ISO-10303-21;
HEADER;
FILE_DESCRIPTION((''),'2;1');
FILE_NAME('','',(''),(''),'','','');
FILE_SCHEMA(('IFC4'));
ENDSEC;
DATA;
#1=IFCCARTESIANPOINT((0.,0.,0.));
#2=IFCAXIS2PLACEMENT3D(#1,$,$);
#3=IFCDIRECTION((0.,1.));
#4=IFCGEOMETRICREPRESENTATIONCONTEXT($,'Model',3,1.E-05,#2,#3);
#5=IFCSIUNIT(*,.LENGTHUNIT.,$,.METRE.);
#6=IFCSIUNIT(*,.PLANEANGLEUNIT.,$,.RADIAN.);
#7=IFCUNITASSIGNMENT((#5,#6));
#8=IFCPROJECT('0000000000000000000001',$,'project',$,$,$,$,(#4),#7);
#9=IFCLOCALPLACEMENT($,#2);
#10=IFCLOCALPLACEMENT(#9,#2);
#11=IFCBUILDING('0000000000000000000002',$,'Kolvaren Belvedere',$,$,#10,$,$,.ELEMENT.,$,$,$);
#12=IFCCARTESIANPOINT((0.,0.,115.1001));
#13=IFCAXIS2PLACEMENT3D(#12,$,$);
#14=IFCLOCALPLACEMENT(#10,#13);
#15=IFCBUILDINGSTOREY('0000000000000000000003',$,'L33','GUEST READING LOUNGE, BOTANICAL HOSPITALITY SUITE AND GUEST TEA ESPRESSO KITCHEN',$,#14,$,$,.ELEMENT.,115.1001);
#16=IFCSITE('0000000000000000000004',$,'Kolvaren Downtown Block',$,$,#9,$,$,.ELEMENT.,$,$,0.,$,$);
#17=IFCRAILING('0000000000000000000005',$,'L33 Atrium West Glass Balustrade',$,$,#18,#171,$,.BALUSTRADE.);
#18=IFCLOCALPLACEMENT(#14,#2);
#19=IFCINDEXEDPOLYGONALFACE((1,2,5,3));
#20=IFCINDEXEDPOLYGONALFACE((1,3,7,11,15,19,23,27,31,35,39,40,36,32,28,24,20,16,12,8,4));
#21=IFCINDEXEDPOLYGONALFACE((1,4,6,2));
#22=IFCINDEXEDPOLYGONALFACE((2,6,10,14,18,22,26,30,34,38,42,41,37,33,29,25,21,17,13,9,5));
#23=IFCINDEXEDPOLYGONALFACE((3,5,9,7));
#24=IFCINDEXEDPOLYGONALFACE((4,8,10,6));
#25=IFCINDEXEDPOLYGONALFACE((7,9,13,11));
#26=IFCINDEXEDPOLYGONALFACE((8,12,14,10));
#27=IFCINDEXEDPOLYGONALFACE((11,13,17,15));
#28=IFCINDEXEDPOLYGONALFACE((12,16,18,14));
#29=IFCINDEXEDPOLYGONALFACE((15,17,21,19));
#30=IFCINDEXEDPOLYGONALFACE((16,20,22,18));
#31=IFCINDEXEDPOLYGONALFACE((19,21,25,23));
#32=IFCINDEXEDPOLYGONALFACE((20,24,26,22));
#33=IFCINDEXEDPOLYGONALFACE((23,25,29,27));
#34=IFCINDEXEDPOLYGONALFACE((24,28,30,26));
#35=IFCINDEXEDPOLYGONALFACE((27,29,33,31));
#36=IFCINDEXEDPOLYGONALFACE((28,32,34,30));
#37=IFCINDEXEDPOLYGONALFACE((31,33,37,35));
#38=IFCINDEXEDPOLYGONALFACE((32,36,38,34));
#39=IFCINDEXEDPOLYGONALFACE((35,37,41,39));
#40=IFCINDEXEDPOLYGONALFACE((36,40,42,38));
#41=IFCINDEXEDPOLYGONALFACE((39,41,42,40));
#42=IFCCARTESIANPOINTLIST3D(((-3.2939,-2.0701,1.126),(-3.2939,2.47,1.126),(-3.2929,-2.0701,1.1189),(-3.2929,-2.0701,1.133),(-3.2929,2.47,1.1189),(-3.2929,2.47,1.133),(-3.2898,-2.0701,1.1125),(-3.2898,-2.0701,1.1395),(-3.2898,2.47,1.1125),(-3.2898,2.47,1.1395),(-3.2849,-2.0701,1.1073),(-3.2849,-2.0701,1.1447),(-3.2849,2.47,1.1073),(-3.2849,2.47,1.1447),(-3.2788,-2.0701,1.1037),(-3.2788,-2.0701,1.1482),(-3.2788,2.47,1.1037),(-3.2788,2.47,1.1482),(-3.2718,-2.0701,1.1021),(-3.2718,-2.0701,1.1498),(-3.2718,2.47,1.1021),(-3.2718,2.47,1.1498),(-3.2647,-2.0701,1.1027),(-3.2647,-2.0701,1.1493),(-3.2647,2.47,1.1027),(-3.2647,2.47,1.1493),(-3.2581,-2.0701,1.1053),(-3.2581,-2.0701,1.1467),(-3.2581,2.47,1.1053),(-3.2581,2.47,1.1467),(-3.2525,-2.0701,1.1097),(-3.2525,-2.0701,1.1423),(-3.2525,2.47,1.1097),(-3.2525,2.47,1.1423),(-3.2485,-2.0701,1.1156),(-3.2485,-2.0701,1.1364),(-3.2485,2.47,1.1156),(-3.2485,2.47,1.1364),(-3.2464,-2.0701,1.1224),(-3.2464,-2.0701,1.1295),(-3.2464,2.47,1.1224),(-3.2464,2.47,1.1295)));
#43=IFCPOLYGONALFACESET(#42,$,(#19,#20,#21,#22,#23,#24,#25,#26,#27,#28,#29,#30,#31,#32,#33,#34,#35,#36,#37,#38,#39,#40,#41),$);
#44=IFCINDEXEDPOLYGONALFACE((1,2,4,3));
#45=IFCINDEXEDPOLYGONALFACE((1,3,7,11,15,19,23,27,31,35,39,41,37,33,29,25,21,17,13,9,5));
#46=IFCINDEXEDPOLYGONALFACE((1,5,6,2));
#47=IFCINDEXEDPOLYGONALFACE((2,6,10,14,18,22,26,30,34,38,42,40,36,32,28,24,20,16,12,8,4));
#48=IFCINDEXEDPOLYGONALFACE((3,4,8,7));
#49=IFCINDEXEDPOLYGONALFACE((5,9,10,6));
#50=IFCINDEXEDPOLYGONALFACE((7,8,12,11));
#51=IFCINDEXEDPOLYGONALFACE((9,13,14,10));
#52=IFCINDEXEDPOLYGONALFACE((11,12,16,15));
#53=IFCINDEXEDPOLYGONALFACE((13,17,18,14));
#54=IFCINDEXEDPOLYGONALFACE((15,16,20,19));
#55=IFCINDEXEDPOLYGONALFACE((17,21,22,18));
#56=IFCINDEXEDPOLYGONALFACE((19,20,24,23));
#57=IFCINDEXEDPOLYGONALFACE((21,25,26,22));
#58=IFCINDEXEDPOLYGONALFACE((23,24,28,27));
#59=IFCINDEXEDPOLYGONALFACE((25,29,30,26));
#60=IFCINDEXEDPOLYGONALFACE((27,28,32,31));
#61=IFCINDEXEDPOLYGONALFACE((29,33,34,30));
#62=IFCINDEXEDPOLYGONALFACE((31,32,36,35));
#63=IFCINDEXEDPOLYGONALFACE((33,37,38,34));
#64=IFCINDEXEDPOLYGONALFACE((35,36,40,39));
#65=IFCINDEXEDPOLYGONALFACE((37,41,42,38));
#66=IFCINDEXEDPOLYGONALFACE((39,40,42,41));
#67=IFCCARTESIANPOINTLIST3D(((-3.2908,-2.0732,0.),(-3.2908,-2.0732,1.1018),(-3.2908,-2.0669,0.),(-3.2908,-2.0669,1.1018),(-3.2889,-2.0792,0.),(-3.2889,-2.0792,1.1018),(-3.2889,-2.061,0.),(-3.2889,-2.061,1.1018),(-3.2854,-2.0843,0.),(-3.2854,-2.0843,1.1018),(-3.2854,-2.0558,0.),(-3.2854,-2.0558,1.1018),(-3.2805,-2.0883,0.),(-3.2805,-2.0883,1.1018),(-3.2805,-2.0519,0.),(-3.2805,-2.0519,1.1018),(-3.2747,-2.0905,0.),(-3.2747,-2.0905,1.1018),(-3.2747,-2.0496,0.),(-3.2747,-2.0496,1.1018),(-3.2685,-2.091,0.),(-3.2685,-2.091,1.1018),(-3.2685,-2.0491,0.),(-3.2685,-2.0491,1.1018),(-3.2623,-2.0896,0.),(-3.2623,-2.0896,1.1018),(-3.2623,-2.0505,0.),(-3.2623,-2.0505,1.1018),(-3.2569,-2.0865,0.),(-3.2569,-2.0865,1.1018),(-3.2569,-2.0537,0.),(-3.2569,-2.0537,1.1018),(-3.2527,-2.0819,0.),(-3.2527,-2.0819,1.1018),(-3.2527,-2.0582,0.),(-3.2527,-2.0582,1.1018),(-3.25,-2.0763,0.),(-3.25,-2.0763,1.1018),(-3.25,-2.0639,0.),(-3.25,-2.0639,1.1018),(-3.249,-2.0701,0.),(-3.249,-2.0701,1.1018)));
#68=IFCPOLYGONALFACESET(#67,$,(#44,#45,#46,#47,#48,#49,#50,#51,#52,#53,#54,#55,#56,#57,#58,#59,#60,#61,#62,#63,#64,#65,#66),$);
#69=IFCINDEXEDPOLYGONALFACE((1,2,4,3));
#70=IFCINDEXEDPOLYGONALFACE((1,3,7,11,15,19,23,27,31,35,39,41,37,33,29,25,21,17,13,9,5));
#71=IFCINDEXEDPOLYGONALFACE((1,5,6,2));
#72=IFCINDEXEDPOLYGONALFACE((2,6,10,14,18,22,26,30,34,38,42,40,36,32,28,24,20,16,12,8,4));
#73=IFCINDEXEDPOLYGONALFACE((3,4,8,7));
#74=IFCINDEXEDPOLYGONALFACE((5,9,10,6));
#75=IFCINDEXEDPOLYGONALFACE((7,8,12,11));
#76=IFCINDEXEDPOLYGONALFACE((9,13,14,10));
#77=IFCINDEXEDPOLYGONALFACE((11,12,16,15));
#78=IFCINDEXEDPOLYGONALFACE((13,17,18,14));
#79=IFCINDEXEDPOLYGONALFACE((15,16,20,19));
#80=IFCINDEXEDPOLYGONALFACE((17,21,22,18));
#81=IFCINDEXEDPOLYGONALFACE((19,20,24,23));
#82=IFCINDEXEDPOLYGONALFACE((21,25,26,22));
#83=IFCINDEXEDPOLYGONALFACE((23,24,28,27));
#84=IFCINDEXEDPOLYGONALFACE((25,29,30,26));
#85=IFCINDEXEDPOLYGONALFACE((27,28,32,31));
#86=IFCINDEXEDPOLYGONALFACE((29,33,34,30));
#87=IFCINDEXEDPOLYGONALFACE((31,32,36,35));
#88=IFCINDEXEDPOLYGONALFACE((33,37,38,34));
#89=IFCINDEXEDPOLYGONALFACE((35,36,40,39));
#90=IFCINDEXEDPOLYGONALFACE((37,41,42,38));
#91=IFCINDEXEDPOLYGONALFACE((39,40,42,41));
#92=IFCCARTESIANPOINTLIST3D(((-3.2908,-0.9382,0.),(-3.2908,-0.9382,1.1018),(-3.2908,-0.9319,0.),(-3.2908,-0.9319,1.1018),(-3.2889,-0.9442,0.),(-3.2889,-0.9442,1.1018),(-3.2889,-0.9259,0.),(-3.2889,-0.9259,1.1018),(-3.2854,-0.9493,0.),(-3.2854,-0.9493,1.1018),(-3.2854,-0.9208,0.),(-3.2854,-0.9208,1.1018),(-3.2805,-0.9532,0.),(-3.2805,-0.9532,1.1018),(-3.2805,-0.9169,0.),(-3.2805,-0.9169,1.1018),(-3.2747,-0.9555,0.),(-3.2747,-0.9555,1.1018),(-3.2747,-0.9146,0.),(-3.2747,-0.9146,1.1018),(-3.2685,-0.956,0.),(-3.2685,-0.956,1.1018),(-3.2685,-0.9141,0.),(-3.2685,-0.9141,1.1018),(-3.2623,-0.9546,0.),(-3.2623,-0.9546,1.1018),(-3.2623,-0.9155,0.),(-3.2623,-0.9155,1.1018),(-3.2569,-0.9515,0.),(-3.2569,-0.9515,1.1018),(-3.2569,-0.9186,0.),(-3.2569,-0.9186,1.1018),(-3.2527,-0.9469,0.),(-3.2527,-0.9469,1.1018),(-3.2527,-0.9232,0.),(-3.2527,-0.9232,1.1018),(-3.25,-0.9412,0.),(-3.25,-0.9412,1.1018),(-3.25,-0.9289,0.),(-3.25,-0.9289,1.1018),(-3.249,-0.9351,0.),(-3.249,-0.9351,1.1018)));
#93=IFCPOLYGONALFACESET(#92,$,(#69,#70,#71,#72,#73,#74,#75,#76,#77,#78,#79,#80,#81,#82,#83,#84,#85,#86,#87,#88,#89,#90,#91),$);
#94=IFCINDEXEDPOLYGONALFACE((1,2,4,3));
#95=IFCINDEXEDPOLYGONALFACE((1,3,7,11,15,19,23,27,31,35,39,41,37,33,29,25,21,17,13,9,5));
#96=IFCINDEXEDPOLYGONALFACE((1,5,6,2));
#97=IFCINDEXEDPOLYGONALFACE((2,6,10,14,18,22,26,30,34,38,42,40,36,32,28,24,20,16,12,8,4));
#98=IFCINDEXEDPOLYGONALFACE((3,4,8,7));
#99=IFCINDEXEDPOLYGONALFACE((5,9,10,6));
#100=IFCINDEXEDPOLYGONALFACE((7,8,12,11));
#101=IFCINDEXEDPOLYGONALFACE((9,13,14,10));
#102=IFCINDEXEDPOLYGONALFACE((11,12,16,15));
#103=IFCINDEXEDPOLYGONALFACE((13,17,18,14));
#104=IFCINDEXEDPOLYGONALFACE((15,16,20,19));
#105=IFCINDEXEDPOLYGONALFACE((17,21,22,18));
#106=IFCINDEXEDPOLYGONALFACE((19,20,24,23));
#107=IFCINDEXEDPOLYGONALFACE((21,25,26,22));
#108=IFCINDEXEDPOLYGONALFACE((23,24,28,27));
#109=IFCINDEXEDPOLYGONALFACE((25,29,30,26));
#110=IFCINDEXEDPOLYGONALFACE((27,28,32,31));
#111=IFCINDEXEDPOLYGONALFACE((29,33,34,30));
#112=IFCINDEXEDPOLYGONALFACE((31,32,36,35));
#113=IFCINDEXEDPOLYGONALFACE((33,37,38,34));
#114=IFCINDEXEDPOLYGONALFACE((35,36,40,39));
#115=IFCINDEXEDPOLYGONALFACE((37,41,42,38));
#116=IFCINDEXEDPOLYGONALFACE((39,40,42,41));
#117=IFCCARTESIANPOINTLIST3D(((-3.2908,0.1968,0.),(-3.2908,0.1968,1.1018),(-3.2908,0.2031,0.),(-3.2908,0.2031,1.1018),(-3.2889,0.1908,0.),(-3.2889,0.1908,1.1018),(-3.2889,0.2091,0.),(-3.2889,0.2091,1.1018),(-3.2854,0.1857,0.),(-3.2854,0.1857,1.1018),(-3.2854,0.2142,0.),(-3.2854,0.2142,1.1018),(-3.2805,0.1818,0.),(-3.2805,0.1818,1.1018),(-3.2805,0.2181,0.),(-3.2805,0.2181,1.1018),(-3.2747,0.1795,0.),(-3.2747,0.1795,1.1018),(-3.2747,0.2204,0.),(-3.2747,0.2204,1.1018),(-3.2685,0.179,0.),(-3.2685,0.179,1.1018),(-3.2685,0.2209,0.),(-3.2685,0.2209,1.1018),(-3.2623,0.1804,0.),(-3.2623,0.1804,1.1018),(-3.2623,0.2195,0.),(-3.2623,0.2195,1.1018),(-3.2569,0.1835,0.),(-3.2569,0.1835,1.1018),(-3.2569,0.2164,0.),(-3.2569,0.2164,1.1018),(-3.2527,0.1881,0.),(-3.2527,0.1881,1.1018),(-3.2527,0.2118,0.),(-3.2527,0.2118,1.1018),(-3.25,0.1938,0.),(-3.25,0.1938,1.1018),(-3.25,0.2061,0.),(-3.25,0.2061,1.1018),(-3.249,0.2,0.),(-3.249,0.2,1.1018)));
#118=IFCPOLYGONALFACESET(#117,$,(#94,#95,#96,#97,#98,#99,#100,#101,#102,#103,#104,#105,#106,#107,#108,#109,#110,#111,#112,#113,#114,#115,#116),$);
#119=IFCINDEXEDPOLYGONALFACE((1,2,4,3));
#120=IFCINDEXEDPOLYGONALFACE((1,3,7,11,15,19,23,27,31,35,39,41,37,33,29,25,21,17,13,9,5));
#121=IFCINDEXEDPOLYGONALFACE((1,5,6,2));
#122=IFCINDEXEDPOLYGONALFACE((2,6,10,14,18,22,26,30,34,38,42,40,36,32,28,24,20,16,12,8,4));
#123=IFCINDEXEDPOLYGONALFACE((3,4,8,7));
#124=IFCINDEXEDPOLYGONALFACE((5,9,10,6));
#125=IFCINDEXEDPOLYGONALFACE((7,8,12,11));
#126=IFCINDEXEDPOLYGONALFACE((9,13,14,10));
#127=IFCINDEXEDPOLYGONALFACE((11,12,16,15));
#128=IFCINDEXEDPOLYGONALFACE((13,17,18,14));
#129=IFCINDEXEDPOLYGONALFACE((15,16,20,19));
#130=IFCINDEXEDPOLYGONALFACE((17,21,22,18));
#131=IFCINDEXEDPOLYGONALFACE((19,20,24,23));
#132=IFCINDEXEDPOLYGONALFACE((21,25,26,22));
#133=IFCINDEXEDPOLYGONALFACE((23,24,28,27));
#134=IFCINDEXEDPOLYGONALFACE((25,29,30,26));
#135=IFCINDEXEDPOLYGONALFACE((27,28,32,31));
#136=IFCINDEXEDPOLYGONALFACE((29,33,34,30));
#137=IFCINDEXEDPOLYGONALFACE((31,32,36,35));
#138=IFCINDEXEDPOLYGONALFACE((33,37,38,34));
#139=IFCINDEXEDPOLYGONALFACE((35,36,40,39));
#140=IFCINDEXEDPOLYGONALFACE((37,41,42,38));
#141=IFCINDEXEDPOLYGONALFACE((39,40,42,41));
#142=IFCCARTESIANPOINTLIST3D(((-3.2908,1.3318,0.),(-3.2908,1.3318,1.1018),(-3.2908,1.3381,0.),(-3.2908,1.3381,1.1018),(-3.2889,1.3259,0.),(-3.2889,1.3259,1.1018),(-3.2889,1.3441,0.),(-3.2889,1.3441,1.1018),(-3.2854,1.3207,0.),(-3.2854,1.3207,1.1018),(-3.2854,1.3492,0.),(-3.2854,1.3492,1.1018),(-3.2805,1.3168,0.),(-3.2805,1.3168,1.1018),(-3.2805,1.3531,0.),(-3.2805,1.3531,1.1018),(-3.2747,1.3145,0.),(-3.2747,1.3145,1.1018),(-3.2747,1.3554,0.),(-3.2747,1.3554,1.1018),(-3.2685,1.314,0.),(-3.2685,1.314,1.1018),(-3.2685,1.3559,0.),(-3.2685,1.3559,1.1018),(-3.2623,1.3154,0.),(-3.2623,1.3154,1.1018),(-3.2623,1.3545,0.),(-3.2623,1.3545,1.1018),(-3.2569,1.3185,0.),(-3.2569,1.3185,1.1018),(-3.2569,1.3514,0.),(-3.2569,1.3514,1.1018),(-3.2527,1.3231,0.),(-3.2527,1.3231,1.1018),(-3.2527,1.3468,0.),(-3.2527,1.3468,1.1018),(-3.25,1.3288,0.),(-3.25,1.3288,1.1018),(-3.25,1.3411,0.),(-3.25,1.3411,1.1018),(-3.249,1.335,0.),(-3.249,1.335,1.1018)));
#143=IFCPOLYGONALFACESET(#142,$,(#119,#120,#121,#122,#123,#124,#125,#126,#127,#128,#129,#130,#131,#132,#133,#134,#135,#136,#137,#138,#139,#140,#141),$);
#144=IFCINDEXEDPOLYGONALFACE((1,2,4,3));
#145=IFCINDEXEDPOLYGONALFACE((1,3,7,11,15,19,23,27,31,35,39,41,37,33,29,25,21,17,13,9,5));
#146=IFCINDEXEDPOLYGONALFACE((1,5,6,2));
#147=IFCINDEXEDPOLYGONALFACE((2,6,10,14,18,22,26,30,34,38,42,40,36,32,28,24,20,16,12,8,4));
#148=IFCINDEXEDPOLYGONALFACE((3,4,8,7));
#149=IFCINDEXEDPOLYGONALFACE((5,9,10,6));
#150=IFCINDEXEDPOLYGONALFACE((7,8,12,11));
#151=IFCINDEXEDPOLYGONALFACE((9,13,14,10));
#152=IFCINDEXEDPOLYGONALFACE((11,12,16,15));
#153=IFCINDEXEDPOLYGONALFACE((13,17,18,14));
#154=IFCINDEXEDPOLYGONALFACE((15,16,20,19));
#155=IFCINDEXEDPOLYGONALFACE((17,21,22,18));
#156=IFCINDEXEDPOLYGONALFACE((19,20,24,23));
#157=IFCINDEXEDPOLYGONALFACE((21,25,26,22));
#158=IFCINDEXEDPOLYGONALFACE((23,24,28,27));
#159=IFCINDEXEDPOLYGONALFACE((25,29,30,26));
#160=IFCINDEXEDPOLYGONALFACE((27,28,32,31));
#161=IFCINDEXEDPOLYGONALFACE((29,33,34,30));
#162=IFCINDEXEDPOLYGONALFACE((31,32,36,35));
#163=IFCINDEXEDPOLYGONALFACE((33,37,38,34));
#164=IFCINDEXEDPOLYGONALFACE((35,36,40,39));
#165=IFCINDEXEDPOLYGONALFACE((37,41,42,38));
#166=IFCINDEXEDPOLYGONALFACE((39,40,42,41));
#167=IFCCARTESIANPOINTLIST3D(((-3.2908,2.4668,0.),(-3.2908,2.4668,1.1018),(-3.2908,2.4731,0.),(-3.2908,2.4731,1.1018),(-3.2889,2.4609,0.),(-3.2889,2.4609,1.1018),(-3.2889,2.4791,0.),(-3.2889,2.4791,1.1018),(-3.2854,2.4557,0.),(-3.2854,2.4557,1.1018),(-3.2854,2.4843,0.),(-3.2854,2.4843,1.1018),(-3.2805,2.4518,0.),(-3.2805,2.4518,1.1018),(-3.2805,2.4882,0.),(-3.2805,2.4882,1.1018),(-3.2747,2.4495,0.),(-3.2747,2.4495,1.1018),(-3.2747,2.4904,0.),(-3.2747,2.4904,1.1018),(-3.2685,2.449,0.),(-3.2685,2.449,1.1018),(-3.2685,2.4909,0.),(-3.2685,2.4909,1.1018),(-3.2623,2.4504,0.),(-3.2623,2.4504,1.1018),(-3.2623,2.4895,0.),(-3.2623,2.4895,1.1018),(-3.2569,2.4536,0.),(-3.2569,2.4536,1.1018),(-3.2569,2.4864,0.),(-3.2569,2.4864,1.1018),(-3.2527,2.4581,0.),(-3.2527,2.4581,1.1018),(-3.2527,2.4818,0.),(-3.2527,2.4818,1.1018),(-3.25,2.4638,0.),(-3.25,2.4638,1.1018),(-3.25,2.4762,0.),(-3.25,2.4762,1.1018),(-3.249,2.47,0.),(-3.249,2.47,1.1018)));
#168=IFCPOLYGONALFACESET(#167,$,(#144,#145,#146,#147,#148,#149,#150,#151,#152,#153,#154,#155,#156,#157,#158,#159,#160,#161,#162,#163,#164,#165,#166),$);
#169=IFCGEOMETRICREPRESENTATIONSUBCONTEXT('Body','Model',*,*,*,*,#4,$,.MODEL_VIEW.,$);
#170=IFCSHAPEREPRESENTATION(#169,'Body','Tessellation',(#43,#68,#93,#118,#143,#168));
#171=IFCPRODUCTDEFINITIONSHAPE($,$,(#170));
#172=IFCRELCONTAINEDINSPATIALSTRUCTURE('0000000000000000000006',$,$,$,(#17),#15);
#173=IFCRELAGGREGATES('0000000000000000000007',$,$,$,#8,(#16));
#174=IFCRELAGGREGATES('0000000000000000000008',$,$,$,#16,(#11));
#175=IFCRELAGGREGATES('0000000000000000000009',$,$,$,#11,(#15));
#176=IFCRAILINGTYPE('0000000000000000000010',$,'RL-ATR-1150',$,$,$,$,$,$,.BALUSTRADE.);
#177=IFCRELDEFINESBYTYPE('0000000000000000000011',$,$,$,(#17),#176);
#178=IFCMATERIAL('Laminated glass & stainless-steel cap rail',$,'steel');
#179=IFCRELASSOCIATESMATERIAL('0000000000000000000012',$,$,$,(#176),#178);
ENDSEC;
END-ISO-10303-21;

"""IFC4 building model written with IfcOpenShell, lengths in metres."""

from ifc_helpers import new_model, si_unit, direction, frame, origin, origin_2d, place, context, subcontext, project, spatial, circle, extrude, material, type_object, element, save


model = new_model("IFC4")

# Units and contexts
model_context = context("Model", 3, precision=1e-05, world=origin(), true_north=direction((0.0, 1.0)))
body_context = subcontext(model_context, "Body", "Model", "MODEL_VIEW")
ifc_project = project(units=[si_unit("LENGTHUNIT", "METRE"), si_unit("PLANEANGLEUNIT", "RADIAN")], contexts=[model_context])

# Site, building, storey
site_placement = place(None, origin())
site = spatial("IfcSite", under=ifc_project, at=site_placement, Name="Kolvaren Downtown Block", CompositionType="ELEMENT", RefElevation=0.0)
building_placement = place(site_placement, origin())
building = spatial("IfcBuilding", under=site, at=building_placement, Name="Kolvaren Belvedere", CompositionType="ELEMENT")
storey_placement = place(building_placement, frame((0.0, 0.0, 115.1001)))
storey = spatial("IfcBuildingStorey", under=building, at=storey_placement, Name="L33", Description="GUEST READING LOUNGE, BOTANICAL HOSPITALITY SUITE AND GUEST TEA ESPRESSO KITCHEN", CompositionType="ELEMENT", Elevation=115.1001)

# Railing
ifc_material_1 = material(Name="Laminated glass & stainless-steel cap rail", Category="steel")
railing_type_1 = type_object("IfcRailingType", Name="RL-ATR-1150", PredefinedType="BALUSTRADE", material=ifc_material_1)
railing_1_placement = place(storey_placement, frame((-3.27, -2.0701, 0.0)))
element("IfcRailing", 1, at=railing_1_placement, inside=storey, type_object=railing_type_1, Name="L33 Atrium West Glass Balustrade", PredefinedType="BALUSTRADE", context=body_context, shape_type="SweptSolid", body=[
    extrude(circle(Radius=0.0239, at=origin_2d()), frame((0.0, 0.0, 1.126), z_axis=(0.0, 1.0, 0.0), x_axis=(-1.0, 0.0, 0.0)), (0.0, 0.0, 1.0), 4.54),
    extrude(circle(Radius=0.021, at=origin_2d()), origin(), (0.0, 0.0, 1.0), 1.1018),
    extrude(circle(Radius=0.021, at=origin_2d()), frame((0.0, 1.135, 0.0)), (0.0, 0.0, 1.0), 1.1018),
    extrude(circle(Radius=0.021, at=origin_2d()), frame((0.0, 2.27, 0.0)), (0.0, 0.0, 1.0), 1.1018),
    extrude(circle(Radius=0.021, at=origin_2d()), frame((0.0, 3.405, 0.0)), (0.0, 0.0, 1.0), 1.1018),
    extrude(circle(Radius=0.021, at=origin_2d()), frame((0.0, 4.54, 0.0)), (0.0, 0.0, 1.0), 1.1018),
])

save(model, "model.ifc")
